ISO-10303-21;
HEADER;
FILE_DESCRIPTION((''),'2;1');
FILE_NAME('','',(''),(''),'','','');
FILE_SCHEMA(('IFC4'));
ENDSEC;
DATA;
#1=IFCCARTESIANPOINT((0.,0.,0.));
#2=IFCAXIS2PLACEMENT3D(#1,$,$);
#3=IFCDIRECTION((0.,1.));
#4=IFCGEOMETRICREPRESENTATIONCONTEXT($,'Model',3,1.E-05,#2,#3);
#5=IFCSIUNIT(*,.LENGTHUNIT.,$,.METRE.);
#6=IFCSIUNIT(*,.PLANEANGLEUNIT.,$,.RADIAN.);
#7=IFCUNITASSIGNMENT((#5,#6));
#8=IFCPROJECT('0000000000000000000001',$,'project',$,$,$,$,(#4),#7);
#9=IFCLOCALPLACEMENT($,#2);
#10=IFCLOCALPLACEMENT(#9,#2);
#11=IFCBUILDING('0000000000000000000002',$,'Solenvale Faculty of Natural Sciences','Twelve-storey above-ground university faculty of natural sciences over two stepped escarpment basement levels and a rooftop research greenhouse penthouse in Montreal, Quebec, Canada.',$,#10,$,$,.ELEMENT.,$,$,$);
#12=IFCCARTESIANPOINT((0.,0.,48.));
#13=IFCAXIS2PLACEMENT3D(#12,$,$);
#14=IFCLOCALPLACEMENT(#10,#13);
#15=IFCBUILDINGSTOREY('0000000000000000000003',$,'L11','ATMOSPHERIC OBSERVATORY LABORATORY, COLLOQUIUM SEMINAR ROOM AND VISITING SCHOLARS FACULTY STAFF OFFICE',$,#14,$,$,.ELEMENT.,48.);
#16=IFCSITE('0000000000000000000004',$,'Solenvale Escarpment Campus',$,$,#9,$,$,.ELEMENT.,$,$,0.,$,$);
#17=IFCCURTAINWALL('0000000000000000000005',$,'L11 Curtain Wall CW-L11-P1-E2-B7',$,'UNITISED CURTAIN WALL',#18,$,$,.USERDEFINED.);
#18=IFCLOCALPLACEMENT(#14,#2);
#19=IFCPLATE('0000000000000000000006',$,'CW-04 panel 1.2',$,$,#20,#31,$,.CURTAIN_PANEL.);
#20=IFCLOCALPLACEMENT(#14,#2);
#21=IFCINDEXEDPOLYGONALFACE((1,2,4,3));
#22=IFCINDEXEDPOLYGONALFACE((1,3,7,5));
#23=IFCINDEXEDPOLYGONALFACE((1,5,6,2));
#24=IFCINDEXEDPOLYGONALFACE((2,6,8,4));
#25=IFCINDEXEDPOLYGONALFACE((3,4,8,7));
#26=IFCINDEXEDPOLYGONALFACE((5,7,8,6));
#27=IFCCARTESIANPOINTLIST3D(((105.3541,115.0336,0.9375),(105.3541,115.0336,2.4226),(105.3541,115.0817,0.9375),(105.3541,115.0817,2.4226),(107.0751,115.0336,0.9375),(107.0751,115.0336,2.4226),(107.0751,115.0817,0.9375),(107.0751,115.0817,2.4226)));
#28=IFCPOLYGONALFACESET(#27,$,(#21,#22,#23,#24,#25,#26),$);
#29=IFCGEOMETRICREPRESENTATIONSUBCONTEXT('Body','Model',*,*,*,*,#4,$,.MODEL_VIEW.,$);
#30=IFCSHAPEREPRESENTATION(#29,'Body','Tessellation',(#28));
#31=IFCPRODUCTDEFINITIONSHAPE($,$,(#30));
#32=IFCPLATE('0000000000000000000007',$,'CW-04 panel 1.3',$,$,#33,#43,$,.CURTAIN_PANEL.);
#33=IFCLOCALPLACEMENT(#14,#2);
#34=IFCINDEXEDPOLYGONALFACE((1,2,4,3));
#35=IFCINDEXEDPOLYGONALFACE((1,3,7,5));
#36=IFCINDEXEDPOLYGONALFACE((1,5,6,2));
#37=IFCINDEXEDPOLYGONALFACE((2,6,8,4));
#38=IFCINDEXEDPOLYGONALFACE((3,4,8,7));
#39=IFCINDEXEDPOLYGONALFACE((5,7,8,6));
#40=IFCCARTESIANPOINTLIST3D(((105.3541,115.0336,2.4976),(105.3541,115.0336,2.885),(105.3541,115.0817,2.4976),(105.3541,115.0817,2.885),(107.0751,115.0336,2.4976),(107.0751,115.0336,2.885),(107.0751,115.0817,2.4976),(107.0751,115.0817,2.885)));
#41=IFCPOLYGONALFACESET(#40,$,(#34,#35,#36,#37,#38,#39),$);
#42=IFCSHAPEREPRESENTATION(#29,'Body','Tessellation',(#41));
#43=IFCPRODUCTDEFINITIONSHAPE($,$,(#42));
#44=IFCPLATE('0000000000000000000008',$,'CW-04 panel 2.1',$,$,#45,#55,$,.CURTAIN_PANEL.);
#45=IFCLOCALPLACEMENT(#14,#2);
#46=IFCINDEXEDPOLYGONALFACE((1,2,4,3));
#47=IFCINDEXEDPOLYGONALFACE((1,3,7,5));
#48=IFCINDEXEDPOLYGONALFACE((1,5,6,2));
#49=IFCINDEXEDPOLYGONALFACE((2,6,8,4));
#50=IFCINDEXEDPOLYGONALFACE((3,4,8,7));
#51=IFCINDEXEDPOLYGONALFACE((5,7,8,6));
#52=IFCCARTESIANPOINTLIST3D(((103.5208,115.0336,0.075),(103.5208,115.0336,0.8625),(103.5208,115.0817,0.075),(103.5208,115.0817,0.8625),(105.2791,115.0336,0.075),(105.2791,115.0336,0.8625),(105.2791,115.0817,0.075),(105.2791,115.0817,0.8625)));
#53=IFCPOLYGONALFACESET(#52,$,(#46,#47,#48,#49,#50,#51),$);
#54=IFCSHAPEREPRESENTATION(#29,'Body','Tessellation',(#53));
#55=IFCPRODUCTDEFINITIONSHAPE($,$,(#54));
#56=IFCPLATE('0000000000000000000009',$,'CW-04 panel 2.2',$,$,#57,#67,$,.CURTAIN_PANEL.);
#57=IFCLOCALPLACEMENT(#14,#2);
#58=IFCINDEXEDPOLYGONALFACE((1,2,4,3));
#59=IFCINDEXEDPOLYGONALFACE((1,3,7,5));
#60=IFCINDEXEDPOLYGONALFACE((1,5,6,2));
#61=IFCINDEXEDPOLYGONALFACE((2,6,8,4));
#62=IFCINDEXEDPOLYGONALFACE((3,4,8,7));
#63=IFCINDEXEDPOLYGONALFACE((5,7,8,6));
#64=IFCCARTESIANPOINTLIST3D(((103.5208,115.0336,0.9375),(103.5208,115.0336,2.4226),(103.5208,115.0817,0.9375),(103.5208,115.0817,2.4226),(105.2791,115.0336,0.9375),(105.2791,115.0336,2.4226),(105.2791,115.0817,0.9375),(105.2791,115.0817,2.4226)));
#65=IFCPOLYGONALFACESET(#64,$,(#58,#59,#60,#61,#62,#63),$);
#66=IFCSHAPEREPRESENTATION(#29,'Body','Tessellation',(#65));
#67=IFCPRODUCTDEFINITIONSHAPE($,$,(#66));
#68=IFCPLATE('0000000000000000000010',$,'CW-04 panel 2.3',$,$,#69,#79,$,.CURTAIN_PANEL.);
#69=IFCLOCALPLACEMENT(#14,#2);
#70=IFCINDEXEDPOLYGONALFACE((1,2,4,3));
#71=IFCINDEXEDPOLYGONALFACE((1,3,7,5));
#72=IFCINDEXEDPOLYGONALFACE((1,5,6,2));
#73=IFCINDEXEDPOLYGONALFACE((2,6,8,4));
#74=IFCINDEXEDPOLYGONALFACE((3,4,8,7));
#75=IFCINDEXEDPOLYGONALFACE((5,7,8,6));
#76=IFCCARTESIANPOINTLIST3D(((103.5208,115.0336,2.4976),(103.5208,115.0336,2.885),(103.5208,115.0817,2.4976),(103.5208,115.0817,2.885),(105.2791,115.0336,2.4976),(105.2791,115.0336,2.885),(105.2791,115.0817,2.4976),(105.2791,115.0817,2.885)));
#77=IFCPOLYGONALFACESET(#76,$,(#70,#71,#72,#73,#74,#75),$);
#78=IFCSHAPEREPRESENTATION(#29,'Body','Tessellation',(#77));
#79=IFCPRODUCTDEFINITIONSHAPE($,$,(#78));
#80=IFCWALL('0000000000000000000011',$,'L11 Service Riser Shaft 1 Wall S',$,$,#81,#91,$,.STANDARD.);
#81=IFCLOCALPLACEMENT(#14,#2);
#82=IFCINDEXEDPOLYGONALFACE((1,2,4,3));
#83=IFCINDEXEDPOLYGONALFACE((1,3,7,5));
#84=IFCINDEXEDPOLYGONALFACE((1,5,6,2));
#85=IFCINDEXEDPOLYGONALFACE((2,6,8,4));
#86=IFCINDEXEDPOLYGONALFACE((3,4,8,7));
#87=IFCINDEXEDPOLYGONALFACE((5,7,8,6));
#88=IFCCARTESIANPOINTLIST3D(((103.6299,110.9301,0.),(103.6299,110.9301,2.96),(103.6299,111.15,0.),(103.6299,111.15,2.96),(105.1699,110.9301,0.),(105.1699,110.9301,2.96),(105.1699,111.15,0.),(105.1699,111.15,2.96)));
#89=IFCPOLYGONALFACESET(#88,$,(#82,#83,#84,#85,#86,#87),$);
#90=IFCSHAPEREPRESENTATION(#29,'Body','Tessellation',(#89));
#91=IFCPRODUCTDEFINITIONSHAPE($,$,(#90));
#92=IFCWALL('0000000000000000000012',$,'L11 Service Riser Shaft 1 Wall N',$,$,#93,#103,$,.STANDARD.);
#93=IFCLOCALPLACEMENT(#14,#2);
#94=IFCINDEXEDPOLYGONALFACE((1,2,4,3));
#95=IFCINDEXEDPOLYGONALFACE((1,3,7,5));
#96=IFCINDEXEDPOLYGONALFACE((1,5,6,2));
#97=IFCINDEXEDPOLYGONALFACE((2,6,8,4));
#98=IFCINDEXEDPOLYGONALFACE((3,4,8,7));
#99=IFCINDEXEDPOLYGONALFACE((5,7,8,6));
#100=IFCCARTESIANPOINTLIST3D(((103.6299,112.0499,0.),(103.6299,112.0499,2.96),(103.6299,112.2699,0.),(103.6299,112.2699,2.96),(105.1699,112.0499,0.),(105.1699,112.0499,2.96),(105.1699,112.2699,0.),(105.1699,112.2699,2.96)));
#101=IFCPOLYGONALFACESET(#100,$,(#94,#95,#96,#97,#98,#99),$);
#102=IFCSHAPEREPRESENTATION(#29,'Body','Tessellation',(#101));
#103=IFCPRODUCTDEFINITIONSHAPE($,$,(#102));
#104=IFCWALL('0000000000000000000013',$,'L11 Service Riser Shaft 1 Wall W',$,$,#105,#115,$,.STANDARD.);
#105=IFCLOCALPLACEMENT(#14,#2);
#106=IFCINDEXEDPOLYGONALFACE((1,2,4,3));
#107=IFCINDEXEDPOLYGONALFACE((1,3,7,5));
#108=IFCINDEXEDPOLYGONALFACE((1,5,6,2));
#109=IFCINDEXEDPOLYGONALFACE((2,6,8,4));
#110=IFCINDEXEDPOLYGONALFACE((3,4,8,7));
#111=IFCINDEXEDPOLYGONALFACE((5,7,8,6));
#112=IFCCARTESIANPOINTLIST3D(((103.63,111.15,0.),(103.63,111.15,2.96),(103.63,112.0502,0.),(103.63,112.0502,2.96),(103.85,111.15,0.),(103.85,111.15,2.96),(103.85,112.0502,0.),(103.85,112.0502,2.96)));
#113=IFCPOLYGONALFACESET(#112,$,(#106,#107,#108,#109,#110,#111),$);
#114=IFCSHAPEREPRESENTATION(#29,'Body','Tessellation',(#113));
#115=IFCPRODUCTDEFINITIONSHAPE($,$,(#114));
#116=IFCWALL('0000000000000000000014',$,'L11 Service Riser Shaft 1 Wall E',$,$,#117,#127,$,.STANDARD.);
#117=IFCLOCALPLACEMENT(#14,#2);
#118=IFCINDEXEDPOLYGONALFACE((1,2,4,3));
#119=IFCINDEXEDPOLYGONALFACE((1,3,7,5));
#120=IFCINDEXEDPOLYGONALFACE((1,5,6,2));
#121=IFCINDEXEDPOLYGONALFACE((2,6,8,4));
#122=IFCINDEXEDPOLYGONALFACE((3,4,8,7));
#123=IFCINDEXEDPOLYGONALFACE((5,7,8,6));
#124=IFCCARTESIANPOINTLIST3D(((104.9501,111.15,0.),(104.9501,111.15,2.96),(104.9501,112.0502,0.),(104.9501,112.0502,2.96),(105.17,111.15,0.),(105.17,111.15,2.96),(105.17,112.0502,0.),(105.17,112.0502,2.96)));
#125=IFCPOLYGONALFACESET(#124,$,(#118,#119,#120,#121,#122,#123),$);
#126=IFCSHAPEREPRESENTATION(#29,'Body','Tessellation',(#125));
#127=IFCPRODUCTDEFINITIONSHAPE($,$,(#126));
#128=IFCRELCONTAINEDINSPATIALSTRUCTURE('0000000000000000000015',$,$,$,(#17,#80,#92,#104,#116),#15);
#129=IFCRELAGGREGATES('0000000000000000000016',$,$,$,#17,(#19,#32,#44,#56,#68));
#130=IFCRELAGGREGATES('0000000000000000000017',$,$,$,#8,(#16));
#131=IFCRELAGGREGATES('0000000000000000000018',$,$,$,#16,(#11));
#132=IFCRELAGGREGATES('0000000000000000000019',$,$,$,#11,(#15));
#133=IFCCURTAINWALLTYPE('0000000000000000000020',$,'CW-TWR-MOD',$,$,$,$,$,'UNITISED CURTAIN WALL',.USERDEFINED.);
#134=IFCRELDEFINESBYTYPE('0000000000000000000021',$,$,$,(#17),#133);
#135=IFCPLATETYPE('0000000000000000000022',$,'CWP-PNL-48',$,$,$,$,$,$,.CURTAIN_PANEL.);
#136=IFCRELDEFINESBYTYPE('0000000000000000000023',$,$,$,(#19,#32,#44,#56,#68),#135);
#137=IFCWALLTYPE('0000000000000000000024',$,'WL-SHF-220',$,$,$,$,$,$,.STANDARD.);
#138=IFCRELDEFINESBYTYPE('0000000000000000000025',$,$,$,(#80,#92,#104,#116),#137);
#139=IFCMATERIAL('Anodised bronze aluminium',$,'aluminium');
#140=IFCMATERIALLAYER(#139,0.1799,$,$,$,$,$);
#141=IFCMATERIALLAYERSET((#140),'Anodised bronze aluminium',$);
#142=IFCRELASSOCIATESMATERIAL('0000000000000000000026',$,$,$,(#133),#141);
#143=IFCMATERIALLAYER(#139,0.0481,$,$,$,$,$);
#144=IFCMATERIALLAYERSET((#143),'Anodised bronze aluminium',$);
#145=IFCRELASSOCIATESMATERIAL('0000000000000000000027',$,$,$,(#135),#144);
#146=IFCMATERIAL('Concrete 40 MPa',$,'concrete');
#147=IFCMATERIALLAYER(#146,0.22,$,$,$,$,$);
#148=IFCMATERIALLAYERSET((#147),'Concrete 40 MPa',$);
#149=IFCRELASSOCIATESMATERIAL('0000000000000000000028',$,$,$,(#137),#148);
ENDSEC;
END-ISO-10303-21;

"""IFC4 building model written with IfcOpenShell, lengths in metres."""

from ifc_helpers import new_model, si_unit, direction, frame, frame_2d, origin, origin_2d, place, context, subcontext, project, spatial, rectangle, extrude, material, layer, layer_set, type_object, element, aggregate, save


model = new_model("IFC4")

# Units and contexts
model_context = context("Model", 3, precision=1e-05, world=origin(), true_north=direction((0.0, 1.0)))
body_context = subcontext(model_context, "Body", "Model", "MODEL_VIEW")
ifc_project = project(units=[si_unit("LENGTHUNIT", "METRE"), si_unit("PLANEANGLEUNIT", "RADIAN")], contexts=[model_context])

# Site, building, storey
site_placement = place(None, origin())
site = spatial("IfcSite", under=ifc_project, at=site_placement, Name="Solenvale Escarpment Campus", CompositionType="ELEMENT", RefElevation=0.0)
building_placement = place(site_placement, origin())
building = spatial("IfcBuilding", under=site, at=building_placement, Name="Solenvale Faculty of Natural Sciences", Description="Twelve-storey above-ground university faculty of natural sciences over two stepped escarpment basement levels and a rooftop research greenhouse penthouse in Montreal, Quebec, Canada.", CompositionType="ELEMENT")
storey_placement = place(building_placement, frame((0.0, 0.0, 48.0)))
storey = spatial("IfcBuildingStorey", under=building, at=storey_placement, Name="L11", Description="ATMOSPHERIC OBSERVATORY LABORATORY, COLLOQUIUM SEMINAR ROOM AND VISITING SCHOLARS FACULTY STAFF OFFICE", CompositionType="ELEMENT", Elevation=48.0)

# Shared definitions
ifc_material_1 = material(Name="Concrete 40 MPa", Category="concrete")

# Curtain wall, plates
ifc_material_2 = material(Name="Anodised bronze aluminium", Category="aluminium")
ifc_layer_1 = layer(ifc_material_2, 0.1799)
ifc_layer_set_1 = layer_set([ifc_layer_1], Name="Anodised bronze aluminium")
curtain_wall_type = type_object("IfcCurtainWallType", Name="CW-TWR-MOD", ElementType="UNITISED CURTAIN WALL", PredefinedType="USERDEFINED", material=ifc_layer_set_1)
curtain_wall_placement = place(storey_placement, origin())
curtain_wall = element("IfcCurtainWall", 1, at=curtain_wall_placement, inside=storey, type_object=curtain_wall_type, Name="L11 Curtain Wall CW-L11-P1-E2-B7", ObjectType="UNITISED CURTAIN WALL", PredefinedType="USERDEFINED")
ifc_layer_2 = layer(ifc_material_2, 0.0481)
ifc_layer_set_2 = layer_set([ifc_layer_2], Name="Anodised bronze aluminium")
plate_type = type_object("IfcPlateType", Name="CWP-PNL-48", PredefinedType="CURTAIN_PANEL", material=ifc_layer_set_2)
plate_1_placement = place(storey_placement, frame((106.2146, 115.0576, 0.9375), z_axis=(0.0, 0.0, 1.0), x_axis=(-1.0, 0.0, 0.0)))
plate_1 = element("IfcPlate", 2, at=plate_1_placement, type_object=plate_type, Name="CW-04 panel 1.2", PredefinedType="CURTAIN_PANEL", context=body_context, shape_type="SweptSolid", body=[
    extrude(rectangle(XDim=1.7209, YDim=0.0481, at=origin_2d()), origin(), (0.0, 0.0, 1.0), 1.4851),
])
plate_2_placement = place(storey_placement, frame((106.2146, 115.0576, 2.4976), z_axis=(0.0, 0.0, 1.0), x_axis=(-1.0, 0.0, 0.0)))
plate_2 = element("IfcPlate", 3, at=plate_2_placement, type_object=plate_type, Name="CW-04 panel 1.3", PredefinedType="CURTAIN_PANEL", context=body_context, shape_type="SweptSolid", body=[
    extrude(rectangle(XDim=1.7209, YDim=0.0481, at=origin_2d()), origin(), (0.0, 0.0, 1.0), 0.3875),
])
plate_3_placement = place(storey_placement, frame((104.3999, 115.0576, 0.075), z_axis=(0.0, 0.0, 1.0), x_axis=(-1.0, 0.0, 0.0)))
plate_3 = element("IfcPlate", 4, at=plate_3_placement, type_object=plate_type, Name="CW-04 panel 2.1", PredefinedType="CURTAIN_PANEL", context=body_context, shape_type="SweptSolid", body=[
    extrude(rectangle(XDim=1.7583, YDim=0.0481, at=origin_2d()), origin(), (0.0, 0.0, 1.0), 0.7876),
])
plate_4_placement = place(storey_placement, frame((104.3999, 115.0576, 0.9375), z_axis=(0.0, 0.0, 1.0), x_axis=(-1.0, 0.0, 0.0)))
plate_4 = element("IfcPlate", 5, at=plate_4_placement, type_object=plate_type, Name="CW-04 panel 2.2", PredefinedType="CURTAIN_PANEL", context=body_context, shape_type="SweptSolid", body=[
    extrude(rectangle(XDim=1.7583, YDim=0.0481, at=origin_2d()), origin(), (0.0, 0.0, 1.0), 1.4851),
])
plate_5_placement = place(storey_placement, frame((104.3999, 115.0576, 2.4976), z_axis=(0.0, 0.0, 1.0), x_axis=(-1.0, 0.0, 0.0)))
plate_5 = element("IfcPlate", 6, at=plate_5_placement, type_object=plate_type, Name="CW-04 panel 2.3", PredefinedType="CURTAIN_PANEL", context=body_context, shape_type="SweptSolid", body=[
    extrude(rectangle(XDim=1.7583, YDim=0.0481, at=origin_2d()), origin(), (0.0, 0.0, 1.0), 0.3875),
])
aggregate(curtain_wall, [plate_1, plate_2, plate_3, plate_4, plate_5])

# Walls
ifc_layer_3 = layer(ifc_material_1, 0.22)
ifc_layer_set_3 = layer_set([ifc_layer_3], Name="Concrete 40 MPa")
wall_type = type_object("IfcWallType", Name="WL-SHF-220", PredefinedType="STANDARD", material=ifc_layer_set_3)
for number, where, z_axis, x_axis, name in (
    (7, (103.6299, 111.04, 0.0), (0.0, 0.0, 1.0), (1.0, 0.0, 0.0), "L11 Service Riser Shaft 1 Wall S"),
    (8, (103.6299, 112.1599, 0.0), (0.0, 0.0, 1.0), (1.0, 0.0, 0.0), "L11 Service Riser Shaft 1 Wall N"),
):
    element("IfcWall", number, at=place(storey_placement, frame(where, z_axis=z_axis, x_axis=x_axis)), inside=storey, type_object=wall_type, Name=name, PredefinedType="STANDARD", context=body_context, shape_type="SweptSolid", body=[
        extrude(rectangle(XDim=1.54, YDim=0.22, at=frame_2d((0.77, 0.0))), origin(), (0.0, 0.0, 1.0), 2.96),
    ])
for number, where, z_axis, x_axis, name in (
    (9, (103.74, 111.1499, 0.0), (0.0, 0.0, 1.0), (0.0, 1.0, 0.0), "L11 Service Riser Shaft 1 Wall W"),
    (10, (105.0601, 111.1499, 0.0), (0.0, 0.0, 1.0), (0.0, 1.0, 0.0), "L11 Service Riser Shaft 1 Wall E"),
):
    element("IfcWall", number, at=place(storey_placement, frame(where, z_axis=z_axis, x_axis=x_axis)), inside=storey, type_object=wall_type, Name=name, PredefinedType="STANDARD", context=body_context, shape_type="SweptSolid", body=[
        extrude(rectangle(XDim=0.9001, YDim=0.22, at=frame_2d((0.4502, 0.0))), origin(), (0.0, 0.0, 1.0), 2.96),
    ])

save(model, "model.ifc")
